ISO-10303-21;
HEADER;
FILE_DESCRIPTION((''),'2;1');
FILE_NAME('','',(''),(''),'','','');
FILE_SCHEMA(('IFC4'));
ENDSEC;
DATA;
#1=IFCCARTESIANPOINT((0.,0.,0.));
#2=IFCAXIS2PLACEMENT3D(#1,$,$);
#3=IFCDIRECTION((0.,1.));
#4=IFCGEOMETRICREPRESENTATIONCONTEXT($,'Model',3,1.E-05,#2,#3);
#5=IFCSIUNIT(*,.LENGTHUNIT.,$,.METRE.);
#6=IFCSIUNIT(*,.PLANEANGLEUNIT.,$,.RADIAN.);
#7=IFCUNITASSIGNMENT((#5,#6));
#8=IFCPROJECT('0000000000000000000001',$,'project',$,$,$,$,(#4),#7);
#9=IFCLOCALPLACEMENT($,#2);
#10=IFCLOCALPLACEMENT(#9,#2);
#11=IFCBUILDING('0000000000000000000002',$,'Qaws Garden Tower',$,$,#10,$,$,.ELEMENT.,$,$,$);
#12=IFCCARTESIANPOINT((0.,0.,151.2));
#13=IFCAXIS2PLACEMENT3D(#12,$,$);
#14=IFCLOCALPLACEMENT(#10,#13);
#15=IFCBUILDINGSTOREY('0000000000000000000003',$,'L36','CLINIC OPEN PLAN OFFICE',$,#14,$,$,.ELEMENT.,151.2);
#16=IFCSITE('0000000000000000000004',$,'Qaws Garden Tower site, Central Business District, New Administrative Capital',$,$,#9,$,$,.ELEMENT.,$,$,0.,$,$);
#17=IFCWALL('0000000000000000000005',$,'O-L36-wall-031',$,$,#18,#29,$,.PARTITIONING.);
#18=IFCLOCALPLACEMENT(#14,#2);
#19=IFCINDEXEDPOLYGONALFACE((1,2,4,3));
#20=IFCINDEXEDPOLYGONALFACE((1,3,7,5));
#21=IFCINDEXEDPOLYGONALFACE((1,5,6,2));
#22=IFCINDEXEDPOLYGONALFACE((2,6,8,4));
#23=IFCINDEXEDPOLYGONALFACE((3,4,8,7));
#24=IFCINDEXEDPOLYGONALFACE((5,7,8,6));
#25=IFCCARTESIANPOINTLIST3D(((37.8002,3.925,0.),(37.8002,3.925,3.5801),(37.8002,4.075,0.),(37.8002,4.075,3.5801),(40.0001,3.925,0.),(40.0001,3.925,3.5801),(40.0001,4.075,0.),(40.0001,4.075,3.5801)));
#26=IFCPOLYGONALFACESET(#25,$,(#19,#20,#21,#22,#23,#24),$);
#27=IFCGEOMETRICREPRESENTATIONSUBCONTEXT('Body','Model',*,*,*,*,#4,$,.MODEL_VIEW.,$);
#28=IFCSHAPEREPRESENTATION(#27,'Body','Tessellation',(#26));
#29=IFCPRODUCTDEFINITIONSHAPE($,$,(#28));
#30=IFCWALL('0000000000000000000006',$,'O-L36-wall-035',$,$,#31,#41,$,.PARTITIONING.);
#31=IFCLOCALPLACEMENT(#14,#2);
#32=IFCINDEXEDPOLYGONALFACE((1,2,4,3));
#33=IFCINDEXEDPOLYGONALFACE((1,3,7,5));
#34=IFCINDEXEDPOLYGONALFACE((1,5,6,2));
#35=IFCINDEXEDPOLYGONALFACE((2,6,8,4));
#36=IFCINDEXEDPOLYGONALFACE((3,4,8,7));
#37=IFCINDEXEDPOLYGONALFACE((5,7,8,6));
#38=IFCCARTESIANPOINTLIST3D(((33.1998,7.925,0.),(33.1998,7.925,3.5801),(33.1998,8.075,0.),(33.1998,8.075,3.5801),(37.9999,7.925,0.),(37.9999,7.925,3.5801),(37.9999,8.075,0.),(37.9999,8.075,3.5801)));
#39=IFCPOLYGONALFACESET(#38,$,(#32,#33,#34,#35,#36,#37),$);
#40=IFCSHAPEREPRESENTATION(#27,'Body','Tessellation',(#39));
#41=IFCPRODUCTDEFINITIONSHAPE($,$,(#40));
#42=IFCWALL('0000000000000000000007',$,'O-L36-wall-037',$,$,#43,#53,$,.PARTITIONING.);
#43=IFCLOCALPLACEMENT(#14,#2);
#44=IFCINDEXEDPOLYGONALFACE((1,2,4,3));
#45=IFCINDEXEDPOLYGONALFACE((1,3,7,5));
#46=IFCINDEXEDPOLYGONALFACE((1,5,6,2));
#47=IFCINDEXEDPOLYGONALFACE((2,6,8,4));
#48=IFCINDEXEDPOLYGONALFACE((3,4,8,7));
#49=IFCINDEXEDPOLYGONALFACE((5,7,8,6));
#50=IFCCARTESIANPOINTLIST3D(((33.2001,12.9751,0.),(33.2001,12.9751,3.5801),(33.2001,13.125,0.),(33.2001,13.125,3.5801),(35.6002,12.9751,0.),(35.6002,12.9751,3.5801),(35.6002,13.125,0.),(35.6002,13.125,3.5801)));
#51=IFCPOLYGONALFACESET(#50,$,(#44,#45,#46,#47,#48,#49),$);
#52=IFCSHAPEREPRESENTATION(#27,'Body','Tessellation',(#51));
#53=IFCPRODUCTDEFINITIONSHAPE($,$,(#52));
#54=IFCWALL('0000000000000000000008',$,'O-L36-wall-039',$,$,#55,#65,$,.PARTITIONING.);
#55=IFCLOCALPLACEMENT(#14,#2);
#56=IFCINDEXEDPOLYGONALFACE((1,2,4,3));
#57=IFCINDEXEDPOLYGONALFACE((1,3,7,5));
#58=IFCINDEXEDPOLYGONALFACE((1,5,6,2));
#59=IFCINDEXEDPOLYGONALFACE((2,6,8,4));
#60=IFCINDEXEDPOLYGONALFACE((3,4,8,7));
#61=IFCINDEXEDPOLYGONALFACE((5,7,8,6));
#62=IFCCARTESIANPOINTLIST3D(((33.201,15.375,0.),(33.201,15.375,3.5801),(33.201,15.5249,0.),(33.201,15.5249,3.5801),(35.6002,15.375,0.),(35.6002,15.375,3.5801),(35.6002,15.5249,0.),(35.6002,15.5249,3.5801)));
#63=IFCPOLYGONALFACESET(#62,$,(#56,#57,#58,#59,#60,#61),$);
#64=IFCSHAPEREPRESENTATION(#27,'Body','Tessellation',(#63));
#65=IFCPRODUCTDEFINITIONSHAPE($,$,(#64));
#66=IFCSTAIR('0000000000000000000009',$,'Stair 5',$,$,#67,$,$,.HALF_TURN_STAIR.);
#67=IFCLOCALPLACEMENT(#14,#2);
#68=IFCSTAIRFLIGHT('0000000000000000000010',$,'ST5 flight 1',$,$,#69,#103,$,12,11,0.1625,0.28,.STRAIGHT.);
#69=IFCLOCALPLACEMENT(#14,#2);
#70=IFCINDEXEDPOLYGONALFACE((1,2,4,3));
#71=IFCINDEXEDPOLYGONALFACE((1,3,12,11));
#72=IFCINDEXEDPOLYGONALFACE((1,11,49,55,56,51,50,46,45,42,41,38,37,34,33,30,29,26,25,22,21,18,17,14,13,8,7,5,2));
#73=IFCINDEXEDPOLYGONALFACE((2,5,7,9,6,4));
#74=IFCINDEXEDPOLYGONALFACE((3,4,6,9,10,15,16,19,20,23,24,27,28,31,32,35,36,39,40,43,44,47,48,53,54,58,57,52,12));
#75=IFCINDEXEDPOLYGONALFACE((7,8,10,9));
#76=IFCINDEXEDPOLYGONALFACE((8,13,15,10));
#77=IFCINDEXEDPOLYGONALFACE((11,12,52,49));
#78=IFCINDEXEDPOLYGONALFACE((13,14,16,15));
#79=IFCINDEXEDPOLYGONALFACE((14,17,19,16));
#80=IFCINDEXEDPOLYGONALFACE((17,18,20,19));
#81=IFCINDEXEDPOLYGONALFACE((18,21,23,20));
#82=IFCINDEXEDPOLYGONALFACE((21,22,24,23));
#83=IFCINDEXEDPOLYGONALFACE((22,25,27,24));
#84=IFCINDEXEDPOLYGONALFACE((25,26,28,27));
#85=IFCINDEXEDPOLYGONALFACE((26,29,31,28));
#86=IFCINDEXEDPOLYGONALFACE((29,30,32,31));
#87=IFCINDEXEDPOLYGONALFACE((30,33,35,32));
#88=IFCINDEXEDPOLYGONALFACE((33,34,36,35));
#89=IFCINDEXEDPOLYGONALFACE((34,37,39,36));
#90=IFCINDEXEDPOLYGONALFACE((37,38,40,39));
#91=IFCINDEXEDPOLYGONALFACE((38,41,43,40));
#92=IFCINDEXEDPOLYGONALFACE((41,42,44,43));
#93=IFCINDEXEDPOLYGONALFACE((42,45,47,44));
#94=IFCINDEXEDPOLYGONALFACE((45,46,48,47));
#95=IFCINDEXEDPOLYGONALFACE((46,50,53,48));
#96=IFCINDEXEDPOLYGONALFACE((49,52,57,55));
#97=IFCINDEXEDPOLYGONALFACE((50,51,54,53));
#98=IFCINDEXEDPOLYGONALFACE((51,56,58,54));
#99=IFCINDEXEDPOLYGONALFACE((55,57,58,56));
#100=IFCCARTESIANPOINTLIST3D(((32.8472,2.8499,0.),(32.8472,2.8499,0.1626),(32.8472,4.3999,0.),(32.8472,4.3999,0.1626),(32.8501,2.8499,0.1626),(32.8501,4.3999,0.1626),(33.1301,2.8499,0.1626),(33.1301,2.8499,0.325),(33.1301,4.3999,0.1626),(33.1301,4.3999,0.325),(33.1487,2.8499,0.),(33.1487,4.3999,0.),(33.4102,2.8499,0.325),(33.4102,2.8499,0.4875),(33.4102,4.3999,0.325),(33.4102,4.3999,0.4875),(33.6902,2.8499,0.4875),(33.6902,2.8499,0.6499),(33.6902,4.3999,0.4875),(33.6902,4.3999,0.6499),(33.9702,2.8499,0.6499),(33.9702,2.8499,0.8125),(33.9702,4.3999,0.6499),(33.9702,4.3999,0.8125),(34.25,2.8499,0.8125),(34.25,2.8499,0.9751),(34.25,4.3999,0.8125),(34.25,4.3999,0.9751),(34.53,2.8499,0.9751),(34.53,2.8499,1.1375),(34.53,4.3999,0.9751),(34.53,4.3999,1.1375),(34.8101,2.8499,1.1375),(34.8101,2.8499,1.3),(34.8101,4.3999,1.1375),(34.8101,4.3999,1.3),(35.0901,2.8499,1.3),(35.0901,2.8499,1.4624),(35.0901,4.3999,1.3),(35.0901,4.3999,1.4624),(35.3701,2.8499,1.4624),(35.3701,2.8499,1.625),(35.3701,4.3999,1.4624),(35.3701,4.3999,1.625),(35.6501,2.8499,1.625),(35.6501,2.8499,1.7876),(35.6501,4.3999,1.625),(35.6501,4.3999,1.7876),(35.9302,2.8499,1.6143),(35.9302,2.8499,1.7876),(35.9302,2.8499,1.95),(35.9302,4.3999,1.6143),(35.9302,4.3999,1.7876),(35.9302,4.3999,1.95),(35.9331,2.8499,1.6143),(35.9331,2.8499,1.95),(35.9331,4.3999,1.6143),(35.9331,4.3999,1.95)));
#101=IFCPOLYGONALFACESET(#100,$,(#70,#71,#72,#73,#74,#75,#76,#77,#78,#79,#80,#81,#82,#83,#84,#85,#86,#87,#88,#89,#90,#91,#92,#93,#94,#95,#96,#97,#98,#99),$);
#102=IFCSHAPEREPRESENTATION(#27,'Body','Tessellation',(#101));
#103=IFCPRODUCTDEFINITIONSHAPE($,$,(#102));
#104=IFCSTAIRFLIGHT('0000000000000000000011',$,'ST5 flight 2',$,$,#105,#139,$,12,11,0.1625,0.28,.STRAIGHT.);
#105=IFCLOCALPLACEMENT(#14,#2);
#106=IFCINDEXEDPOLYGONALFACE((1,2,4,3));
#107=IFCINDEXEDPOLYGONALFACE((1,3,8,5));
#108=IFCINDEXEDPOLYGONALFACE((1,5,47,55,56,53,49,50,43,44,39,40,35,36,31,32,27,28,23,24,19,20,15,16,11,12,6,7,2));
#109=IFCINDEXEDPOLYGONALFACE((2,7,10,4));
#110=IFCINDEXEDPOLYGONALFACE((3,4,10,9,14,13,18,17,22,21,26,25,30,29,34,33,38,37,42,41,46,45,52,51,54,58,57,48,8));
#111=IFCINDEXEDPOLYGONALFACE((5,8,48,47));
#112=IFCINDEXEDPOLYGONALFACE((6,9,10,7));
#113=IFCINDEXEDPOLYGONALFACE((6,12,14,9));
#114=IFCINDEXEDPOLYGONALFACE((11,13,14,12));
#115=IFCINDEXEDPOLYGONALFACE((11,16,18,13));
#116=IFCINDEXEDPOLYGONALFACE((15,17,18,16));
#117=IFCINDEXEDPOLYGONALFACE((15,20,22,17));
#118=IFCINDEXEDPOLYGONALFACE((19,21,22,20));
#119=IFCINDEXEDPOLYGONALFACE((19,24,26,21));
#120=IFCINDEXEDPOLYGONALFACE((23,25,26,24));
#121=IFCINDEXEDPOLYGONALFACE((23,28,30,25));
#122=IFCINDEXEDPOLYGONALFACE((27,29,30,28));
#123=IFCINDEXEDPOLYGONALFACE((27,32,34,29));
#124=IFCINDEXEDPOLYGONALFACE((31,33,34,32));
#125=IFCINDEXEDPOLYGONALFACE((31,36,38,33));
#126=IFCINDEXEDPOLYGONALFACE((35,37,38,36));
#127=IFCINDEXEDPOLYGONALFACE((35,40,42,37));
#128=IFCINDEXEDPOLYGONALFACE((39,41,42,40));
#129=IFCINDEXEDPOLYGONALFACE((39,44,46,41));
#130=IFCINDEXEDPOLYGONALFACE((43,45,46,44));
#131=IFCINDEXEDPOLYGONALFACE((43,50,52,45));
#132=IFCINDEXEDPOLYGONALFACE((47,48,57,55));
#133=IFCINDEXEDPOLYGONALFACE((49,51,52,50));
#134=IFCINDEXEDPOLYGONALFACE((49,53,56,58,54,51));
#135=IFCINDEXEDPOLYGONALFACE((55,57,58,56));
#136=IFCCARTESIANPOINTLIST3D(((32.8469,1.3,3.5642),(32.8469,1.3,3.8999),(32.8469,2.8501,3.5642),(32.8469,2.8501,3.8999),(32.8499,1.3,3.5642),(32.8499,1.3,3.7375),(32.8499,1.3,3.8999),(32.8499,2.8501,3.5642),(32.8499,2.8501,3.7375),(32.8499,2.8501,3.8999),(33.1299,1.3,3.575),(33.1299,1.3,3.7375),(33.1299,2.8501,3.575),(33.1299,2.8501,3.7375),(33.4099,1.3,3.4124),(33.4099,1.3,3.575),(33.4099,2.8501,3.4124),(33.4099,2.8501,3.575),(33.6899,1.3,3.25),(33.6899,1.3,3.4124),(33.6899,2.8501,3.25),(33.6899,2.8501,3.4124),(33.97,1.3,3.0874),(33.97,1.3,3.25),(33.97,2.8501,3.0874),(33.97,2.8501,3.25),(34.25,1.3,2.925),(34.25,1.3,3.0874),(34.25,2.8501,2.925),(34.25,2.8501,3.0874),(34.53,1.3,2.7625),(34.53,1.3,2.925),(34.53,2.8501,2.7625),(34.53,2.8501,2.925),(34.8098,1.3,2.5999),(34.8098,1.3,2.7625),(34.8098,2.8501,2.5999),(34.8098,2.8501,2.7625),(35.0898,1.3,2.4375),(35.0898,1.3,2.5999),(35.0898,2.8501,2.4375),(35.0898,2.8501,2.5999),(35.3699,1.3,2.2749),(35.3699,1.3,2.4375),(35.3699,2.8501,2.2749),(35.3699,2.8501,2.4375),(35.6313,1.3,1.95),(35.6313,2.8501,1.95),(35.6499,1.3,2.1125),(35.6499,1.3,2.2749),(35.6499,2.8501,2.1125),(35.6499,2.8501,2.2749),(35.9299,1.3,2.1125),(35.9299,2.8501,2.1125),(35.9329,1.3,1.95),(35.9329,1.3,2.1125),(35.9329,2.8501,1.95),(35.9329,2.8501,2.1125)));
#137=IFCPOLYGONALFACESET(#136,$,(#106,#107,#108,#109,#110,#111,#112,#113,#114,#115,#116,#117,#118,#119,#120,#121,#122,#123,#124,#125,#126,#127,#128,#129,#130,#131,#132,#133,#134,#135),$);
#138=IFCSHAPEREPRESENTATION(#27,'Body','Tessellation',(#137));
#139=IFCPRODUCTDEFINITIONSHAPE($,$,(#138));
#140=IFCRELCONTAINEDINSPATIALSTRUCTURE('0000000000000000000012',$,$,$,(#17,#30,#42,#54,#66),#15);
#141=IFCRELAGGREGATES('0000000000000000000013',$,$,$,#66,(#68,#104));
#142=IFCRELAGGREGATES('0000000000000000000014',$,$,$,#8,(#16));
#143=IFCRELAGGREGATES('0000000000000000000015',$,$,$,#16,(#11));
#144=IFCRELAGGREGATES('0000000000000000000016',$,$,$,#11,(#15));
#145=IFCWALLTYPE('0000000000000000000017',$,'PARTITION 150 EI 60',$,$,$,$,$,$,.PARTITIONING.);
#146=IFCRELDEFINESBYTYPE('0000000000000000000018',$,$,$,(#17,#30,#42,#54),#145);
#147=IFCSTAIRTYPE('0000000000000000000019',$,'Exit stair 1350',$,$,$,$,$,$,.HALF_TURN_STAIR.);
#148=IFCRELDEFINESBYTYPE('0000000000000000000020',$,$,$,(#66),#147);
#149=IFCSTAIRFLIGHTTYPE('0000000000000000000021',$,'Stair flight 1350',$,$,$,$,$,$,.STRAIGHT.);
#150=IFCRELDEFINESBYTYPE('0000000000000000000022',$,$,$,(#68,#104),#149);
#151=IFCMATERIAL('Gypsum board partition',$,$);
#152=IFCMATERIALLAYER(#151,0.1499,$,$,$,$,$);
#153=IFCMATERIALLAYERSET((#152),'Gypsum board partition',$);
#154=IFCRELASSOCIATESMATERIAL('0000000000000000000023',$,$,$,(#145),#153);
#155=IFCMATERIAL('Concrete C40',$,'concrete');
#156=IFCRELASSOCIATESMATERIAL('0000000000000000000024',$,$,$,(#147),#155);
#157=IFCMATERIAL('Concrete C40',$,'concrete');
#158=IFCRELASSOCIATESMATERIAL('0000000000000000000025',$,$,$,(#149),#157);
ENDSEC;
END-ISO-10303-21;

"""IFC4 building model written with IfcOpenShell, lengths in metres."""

from ifc_helpers import new_model, si_unit, direction, frame, frame_2d, origin, place, context, subcontext, project, spatial, polyline, rectangle, outline, extrude, material, layer, layer_set, type_object, element, aggregate, save


model = new_model("IFC4")

# Units and contexts
model_context = context("Model", 3, precision=1e-05, world=origin(), true_north=direction((0.0, 1.0)))
body_context = subcontext(model_context, "Body", "Model", "MODEL_VIEW")
ifc_project = project(units=[si_unit("LENGTHUNIT", "METRE"), si_unit("PLANEANGLEUNIT", "RADIAN")], contexts=[model_context])

# Site, building, storey
site_placement = place(None, origin())
site = spatial("IfcSite", under=ifc_project, at=site_placement, Name="Qaws Garden Tower site, Central Business District, New Administrative Capital", CompositionType="ELEMENT", RefElevation=0.0)
building_placement = place(site_placement, origin())
building = spatial("IfcBuilding", under=site, at=building_placement, Name="Qaws Garden Tower", CompositionType="ELEMENT")
storey_placement = place(building_placement, frame((0.0, 0.0, 151.2)))
storey = spatial("IfcBuildingStorey", under=building, at=storey_placement, Name="L36", Description="CLINIC OPEN PLAN OFFICE", CompositionType="ELEMENT", Elevation=151.2)

# Shared definitions
ifc_material_1 = material(Name="Gypsum board partition")
ifc_layer_1 = layer(ifc_material_1, 0.1499)
ifc_layer_set_1 = layer_set([ifc_layer_1], Name="Gypsum board partition")
wall_type_1 = type_object("IfcWallType", Name="PARTITION 150 EI 60", PredefinedType="PARTITIONING", material=ifc_layer_set_1)

# Walls
wall_1_placement = place(storey_placement, frame((37.8, 4.0, 0.0), z_axis=(0.0, 0.0, 1.0), x_axis=(1.0, 0.0, 0.0)))
element("IfcWall", 1, at=wall_1_placement, inside=storey, type_object=wall_type_1, Name="O-L36-wall-031", PredefinedType="PARTITIONING", context=body_context, shape_type="SweptSolid", body=[
    extrude(rectangle(XDim=2.2, YDim=0.1499, at=frame_2d((1.1001, 0.0))), origin(), (0.0, 0.0, 1.0), 3.5801),
])
wall_2_placement = place(storey_placement, frame((33.2, 8.0, 0.0), z_axis=(0.0, 0.0, 1.0), x_axis=(1.0, 0.0, 0.0)))
element("IfcWall", 2, at=wall_2_placement, inside=storey, type_object=wall_type_1, Name="O-L36-wall-035", PredefinedType="PARTITIONING", context=body_context, shape_type="SweptSolid", body=[
    extrude(rectangle(XDim=4.8, YDim=0.1499, at=frame_2d((2.3999, 0.0))), origin(), (0.0, 0.0, 1.0), 3.5801),
])
wall_3_placement = place(storey_placement, frame((33.2, 13.05, 0.0), z_axis=(0.0, 0.0, 1.0), x_axis=(1.0, 0.0, 0.0)))
element("IfcWall", 3, at=wall_3_placement, inside=storey, type_object=wall_type_1, Name="O-L36-wall-037", PredefinedType="PARTITIONING", context=body_context, shape_type="SweptSolid", body=[
    extrude(rectangle(XDim=2.4001, YDim=0.1499, at=frame_2d((1.2002, 0.0))), origin(), (0.0, 0.0, 1.0), 3.5801),
])
wall_4_placement = place(storey_placement, frame((33.2009, 15.45, 0.0), z_axis=(0.0, 0.0, 1.0), x_axis=(1.0, 0.0, 0.0)))
element("IfcWall", 4, at=wall_4_placement, inside=storey, type_object=wall_type_1, Name="O-L36-wall-039", PredefinedType="PARTITIONING", context=body_context, shape_type="SweptSolid", body=[
    extrude(rectangle(XDim=2.3992, YDim=0.1499, at=frame_2d((1.1997, 0.0))), origin(), (0.0, 0.0, 1.0), 3.5801),
])

# Stair, stair flights
ifc_material_2 = material(Name="Concrete C40", Category="concrete")
stair_type = type_object("IfcStairType", Name="Exit stair 1350", PredefinedType="HALF_TURN_STAIR", material=ifc_material_2)
stair_placement = place(storey_placement, origin())
stair = element("IfcStair", 5, at=stair_placement, inside=storey, type_object=stair_type, Name="Stair 5", PredefinedType="HALF_TURN_STAIR")
ifc_material_3 = material(Name="Concrete C40", Category="concrete")
stair_flight_type = type_object("IfcStairFlightType", Name="Stair flight 1350", PredefinedType="STRAIGHT", material=ifc_material_3)
stair_flight_1_placement = place(storey_placement, frame((32.8501, 3.625, 0.0), z_axis=(0.0, 0.0, 1.0), x_axis=(1.0, 0.0, 0.0)))
stair_flight_1 = element("IfcStairFlight", 6, at=stair_flight_1_placement, type_object=stair_flight_type, Name="ST5 flight 1", NumberOfRisers=12, NumberOfTreads=11, PredefinedType="STRAIGHT", RiserHeight=0.1625, TreadLength=0.28, context=body_context, shape_type="SweptSolid", body=[
    extrude(outline(polyline([(-0.0029, 0.0), (-0.0029, 0.1626), (0.0, 0.1626), (0.28, 0.1626), (0.28, 0.325), (0.5601, 0.325), (0.5601, 0.4875), (0.8401, 0.4875), (0.8401, 0.6499), (1.1201, 0.6499), (1.1201, 0.8125), (1.3999, 0.8125), (1.3999, 0.9751), (1.6799, 0.9751), (1.6799, 1.1375), (1.96, 1.1375), (1.96, 1.3), (2.24, 1.3), (2.24, 1.4624), (2.52, 1.4624), (2.52, 1.625), (2.8, 1.625), (2.8, 1.7876), (3.0801, 1.7876), (3.0801, 1.95), (3.083, 1.95), (3.083, 1.6143), (3.0801, 1.6143), (0.2986, 0.0), (-0.0029, 0.0)])), frame((0.0, 0.7749, 0.0), z_axis=(0.0, -1.0, 0.0), x_axis=(1.0, 0.0, 0.0)), (0.0, 0.0, 1.0), 1.55),
])
stair_flight_2_placement = place(storey_placement, frame((35.9299, 2.075, 1.95), z_axis=(0.0, 0.0, 1.0), x_axis=(-1.0, 0.0, 0.0)))
stair_flight_2 = element("IfcStairFlight", 7, at=stair_flight_2_placement, type_object=stair_flight_type, Name="ST5 flight 2", NumberOfRisers=12, NumberOfTreads=11, PredefinedType="STRAIGHT", RiserHeight=0.1625, TreadLength=0.28, context=body_context, shape_type="SweptSolid", body=[
    extrude(outline(polyline([(-0.0029, 0.0), (-0.0029, 0.1626), (0.0, 0.1626), (0.28, 0.1626), (0.28, 0.325), (0.5601, 0.325), (0.5601, 0.4875), (0.8401, 0.4875), (0.8401, 0.6499), (1.1201, 0.6499), (1.1201, 0.8125), (1.3999, 0.8125), (1.3999, 0.9751), (1.6799, 0.9751), (1.6799, 1.1375), (1.96, 1.1375), (1.96, 1.3), (2.24, 1.3), (2.24, 1.4624), (2.52, 1.4624), (2.52, 1.625), (2.8, 1.625), (2.8, 1.7876), (3.0801, 1.7876), (3.0801, 1.95), (3.083, 1.95), (3.083, 1.6143), (3.0801, 1.6143), (0.2986, 0.0), (-0.0029, 0.0)])), frame((0.0, 0.7749, 0.0), z_axis=(0.0, -1.0, 0.0), x_axis=(1.0, 0.0, 0.0)), (0.0, 0.0, 1.0), 1.55),
])
aggregate(stair, [stair_flight_1, stair_flight_2])

save(model, "model.ifc")
